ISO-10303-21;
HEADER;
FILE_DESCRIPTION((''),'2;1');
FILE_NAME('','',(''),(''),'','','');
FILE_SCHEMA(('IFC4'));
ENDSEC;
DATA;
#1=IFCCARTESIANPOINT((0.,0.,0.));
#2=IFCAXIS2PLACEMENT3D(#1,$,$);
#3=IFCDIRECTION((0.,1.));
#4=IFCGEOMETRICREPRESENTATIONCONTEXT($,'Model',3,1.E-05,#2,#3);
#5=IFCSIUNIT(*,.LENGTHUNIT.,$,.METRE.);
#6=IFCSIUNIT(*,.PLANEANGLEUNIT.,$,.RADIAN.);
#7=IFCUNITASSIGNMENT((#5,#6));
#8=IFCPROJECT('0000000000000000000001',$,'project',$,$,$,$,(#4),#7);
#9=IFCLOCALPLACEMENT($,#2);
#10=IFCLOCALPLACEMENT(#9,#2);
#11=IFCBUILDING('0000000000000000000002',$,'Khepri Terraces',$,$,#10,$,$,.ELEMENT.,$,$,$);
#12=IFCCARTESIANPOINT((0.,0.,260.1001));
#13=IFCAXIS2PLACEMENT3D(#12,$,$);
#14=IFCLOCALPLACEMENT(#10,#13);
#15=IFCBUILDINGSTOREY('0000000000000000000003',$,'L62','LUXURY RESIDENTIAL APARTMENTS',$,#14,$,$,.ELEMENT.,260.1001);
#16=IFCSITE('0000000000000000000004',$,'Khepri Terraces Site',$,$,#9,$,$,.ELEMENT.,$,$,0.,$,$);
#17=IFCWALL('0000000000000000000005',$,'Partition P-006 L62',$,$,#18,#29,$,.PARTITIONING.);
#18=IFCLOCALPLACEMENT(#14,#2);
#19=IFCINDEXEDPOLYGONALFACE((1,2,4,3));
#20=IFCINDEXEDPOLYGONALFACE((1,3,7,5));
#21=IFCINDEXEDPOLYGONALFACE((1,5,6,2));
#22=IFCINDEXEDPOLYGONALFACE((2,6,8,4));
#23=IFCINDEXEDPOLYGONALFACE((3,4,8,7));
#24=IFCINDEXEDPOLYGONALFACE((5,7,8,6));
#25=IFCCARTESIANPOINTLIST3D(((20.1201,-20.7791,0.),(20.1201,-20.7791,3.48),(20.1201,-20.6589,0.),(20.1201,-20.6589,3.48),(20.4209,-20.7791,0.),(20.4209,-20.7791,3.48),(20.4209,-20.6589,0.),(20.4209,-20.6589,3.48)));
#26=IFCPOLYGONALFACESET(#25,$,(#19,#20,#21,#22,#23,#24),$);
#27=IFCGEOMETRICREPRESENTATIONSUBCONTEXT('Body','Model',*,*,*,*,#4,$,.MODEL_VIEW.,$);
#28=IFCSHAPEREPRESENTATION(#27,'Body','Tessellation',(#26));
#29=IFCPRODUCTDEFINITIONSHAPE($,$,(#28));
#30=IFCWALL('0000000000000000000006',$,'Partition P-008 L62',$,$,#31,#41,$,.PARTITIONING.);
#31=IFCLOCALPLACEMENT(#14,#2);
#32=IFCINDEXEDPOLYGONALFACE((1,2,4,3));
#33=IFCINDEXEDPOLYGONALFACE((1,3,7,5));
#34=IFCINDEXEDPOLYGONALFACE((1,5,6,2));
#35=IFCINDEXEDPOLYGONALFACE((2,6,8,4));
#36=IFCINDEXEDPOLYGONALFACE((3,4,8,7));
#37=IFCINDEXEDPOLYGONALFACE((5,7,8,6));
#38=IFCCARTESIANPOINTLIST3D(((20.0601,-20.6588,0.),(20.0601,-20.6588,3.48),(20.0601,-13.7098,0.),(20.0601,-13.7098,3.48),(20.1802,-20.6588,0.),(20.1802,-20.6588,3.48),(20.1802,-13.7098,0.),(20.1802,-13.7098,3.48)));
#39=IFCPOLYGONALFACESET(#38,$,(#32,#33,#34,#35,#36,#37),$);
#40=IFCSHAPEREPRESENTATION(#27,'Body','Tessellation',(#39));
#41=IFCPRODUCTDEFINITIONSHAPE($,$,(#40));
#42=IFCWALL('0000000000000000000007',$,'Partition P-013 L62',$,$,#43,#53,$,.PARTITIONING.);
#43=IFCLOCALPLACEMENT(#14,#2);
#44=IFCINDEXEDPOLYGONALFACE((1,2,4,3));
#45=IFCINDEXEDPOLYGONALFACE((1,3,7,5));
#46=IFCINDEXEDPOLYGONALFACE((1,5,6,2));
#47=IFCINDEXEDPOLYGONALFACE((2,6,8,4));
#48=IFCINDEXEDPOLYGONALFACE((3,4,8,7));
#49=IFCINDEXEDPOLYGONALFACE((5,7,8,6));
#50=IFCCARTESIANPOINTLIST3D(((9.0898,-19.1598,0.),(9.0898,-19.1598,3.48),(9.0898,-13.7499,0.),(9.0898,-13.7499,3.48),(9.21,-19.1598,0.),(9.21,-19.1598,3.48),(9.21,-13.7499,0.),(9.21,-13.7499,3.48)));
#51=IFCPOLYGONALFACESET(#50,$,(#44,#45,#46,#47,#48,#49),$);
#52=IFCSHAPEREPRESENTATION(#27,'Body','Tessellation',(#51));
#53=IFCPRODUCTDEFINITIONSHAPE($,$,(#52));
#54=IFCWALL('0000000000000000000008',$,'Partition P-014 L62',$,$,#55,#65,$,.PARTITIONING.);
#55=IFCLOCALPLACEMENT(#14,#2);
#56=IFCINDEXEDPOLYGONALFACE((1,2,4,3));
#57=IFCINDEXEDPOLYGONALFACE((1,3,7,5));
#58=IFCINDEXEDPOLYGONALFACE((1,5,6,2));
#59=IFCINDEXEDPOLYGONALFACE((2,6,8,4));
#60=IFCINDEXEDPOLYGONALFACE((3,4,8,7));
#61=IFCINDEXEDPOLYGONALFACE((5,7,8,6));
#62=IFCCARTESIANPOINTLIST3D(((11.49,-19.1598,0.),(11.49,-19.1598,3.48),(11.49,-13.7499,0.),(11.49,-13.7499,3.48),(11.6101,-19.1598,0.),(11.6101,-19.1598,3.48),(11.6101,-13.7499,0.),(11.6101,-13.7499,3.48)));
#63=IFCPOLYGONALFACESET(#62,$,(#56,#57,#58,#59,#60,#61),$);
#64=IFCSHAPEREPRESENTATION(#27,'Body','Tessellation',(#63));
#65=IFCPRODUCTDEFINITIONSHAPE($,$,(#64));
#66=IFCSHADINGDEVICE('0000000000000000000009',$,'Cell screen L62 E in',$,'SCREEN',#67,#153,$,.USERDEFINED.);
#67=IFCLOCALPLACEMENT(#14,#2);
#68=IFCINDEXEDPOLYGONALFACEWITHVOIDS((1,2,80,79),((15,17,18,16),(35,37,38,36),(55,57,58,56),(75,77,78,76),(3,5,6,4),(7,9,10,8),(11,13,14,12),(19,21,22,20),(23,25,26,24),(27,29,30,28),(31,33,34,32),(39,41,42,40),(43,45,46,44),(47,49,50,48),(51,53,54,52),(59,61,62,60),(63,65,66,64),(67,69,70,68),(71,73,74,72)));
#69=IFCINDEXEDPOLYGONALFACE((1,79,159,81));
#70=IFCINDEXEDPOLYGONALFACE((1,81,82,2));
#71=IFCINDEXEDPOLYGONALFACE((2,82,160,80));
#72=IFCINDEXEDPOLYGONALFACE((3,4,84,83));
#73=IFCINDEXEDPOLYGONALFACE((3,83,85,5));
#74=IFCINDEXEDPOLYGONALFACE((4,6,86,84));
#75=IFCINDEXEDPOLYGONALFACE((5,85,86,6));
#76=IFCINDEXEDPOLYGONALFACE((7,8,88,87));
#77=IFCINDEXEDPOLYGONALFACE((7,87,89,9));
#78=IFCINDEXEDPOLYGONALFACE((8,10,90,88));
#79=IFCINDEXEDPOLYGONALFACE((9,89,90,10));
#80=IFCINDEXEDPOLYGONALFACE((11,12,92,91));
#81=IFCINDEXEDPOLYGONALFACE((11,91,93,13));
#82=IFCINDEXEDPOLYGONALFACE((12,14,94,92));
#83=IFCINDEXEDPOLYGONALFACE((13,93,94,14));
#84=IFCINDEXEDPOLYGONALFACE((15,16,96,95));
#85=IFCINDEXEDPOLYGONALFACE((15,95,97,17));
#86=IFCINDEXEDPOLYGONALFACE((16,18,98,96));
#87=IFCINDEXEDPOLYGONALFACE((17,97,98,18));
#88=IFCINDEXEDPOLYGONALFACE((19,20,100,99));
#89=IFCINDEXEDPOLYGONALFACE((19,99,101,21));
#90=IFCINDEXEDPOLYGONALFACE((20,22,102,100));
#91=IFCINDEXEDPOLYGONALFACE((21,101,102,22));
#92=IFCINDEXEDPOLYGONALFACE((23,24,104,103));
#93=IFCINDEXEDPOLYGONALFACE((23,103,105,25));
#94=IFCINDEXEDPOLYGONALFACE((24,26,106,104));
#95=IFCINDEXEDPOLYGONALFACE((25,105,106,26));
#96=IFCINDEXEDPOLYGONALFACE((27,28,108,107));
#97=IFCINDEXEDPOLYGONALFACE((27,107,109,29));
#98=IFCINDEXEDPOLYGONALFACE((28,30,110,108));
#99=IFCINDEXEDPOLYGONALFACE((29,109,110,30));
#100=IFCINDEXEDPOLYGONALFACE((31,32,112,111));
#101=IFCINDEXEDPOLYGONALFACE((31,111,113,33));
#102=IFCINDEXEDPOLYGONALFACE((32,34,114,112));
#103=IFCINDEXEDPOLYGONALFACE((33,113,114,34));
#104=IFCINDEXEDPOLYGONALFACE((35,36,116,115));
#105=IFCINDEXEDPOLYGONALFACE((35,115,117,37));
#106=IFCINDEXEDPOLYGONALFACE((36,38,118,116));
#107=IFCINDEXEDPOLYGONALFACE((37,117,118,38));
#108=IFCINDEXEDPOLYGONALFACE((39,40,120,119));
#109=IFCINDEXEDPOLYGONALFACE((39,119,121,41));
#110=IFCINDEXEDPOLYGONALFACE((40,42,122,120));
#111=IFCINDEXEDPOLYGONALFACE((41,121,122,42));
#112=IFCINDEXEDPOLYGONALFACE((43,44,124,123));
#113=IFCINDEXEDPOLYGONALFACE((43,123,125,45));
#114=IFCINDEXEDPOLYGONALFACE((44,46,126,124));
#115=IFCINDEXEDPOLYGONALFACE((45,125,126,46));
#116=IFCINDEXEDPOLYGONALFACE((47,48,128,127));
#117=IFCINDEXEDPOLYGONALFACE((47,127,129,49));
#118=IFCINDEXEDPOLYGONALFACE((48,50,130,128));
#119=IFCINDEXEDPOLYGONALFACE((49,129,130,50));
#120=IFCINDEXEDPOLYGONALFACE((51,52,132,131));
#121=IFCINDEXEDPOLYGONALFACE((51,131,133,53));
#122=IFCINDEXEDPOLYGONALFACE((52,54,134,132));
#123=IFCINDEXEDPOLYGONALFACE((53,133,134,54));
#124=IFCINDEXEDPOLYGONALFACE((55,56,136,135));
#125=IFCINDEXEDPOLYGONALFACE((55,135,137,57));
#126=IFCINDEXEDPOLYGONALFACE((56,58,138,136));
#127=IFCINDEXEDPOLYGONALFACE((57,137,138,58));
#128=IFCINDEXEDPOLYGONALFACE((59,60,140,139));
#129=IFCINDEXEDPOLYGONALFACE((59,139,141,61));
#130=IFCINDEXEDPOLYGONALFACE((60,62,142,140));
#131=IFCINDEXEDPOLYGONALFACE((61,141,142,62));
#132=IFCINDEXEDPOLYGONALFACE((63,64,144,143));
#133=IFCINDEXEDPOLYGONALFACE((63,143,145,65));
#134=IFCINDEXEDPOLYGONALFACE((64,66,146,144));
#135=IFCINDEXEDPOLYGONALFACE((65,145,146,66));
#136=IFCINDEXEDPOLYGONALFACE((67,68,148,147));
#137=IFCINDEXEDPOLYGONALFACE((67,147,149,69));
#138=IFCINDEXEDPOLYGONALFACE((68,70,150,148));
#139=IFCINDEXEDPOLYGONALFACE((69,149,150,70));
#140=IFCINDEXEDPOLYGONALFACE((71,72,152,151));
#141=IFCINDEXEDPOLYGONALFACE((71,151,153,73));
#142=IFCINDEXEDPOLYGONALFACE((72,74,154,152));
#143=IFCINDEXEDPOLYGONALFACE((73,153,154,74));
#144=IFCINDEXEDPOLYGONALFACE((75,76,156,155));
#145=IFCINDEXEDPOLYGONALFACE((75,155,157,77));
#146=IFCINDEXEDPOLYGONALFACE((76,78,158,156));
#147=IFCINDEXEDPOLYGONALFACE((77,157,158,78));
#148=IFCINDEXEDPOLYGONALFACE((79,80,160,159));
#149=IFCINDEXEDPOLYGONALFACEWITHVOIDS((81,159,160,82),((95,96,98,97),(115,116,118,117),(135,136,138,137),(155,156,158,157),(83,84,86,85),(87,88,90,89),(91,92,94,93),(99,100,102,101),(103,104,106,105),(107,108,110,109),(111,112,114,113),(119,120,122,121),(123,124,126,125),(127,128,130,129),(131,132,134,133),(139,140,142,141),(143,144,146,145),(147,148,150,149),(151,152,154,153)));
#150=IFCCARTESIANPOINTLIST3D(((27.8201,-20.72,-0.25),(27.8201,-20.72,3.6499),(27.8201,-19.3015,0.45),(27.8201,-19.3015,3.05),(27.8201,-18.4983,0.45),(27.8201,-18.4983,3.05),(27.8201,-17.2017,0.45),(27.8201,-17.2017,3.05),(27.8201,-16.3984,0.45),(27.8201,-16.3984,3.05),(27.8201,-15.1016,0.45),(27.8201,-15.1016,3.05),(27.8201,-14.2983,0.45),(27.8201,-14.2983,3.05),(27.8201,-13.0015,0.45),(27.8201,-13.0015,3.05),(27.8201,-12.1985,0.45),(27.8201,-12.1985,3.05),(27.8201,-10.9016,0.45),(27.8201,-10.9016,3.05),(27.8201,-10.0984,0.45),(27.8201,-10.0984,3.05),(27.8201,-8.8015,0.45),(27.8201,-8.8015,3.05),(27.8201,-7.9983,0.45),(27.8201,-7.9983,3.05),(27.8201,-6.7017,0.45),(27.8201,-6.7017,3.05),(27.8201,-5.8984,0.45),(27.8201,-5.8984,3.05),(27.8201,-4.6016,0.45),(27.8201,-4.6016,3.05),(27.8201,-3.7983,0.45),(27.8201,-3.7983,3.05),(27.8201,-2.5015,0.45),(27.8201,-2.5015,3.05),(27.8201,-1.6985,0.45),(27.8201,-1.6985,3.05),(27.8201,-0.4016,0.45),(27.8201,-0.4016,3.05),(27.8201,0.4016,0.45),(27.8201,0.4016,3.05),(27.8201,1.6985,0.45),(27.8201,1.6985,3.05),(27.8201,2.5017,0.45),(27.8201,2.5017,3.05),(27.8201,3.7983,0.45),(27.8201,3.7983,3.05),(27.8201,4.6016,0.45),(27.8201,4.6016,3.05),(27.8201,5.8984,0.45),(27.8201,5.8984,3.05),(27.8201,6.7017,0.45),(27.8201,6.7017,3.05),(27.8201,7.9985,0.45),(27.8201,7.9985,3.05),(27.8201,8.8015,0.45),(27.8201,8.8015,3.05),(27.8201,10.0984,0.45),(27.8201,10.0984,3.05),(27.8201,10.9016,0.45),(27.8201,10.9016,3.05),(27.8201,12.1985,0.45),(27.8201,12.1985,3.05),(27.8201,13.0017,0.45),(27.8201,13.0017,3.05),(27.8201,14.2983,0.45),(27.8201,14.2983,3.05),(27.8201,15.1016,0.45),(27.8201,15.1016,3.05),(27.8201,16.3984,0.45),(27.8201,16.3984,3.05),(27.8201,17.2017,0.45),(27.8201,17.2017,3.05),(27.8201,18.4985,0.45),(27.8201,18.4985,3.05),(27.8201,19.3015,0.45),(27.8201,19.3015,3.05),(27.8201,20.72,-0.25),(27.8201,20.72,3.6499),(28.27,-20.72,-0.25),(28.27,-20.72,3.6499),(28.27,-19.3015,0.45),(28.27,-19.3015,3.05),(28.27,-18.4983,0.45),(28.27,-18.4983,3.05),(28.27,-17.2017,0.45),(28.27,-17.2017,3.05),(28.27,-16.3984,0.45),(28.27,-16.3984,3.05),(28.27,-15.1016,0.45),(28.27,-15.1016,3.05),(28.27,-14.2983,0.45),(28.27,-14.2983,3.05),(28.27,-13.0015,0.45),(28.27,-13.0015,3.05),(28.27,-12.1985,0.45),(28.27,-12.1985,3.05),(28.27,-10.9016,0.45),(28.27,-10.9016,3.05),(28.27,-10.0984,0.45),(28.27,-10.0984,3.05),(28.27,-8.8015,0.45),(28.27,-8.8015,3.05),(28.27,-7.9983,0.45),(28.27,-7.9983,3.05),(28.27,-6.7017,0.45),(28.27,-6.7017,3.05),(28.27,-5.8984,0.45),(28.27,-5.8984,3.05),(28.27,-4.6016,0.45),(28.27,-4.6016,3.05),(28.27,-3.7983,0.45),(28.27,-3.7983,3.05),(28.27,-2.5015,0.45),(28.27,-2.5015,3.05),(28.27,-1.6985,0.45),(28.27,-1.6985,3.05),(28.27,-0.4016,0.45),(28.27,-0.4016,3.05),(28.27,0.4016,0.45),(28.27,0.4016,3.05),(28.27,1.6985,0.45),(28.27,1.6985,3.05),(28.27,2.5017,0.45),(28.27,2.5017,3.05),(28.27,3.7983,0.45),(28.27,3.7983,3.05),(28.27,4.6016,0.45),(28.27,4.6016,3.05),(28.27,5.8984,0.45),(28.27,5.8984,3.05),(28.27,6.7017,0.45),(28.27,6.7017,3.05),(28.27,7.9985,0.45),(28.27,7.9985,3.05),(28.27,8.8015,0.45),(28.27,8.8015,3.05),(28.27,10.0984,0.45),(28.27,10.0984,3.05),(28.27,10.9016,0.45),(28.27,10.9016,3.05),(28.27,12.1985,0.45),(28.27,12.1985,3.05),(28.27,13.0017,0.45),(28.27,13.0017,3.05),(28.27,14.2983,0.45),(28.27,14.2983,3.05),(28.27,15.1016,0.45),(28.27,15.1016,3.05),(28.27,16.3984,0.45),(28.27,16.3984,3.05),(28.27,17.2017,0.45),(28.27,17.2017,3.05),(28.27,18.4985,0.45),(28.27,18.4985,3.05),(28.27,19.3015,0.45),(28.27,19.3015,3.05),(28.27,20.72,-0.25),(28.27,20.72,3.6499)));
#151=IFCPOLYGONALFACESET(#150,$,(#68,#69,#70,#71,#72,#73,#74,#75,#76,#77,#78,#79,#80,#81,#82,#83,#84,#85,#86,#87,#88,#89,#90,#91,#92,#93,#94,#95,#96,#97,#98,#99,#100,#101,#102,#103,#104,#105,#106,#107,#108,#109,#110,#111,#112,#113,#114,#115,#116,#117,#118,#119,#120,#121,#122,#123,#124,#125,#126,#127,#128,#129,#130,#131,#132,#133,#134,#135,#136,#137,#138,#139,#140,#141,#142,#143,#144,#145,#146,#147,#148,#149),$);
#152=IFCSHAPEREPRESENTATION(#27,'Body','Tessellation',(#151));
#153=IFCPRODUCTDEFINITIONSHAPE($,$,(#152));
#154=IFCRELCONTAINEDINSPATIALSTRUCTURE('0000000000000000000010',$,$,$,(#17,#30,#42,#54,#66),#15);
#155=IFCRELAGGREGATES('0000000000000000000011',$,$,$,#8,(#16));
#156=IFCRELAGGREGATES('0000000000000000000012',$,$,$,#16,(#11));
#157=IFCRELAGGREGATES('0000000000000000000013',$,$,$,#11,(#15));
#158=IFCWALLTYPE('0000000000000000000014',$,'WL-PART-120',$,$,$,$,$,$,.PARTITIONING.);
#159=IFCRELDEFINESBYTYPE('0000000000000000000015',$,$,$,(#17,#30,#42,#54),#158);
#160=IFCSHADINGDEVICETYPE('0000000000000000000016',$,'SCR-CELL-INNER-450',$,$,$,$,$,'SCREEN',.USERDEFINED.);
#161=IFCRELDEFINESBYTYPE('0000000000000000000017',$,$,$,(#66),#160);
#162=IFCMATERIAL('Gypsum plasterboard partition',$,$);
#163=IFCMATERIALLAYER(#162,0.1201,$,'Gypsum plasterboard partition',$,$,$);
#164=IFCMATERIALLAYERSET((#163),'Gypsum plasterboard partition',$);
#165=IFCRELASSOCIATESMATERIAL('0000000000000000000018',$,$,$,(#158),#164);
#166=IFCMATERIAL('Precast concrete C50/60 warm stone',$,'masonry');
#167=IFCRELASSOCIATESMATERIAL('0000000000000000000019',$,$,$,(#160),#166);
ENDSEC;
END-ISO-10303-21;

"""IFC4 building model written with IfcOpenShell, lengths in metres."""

from ifc_helpers import new_model, si_unit, direction, frame, frame_2d, origin, place, context, subcontext, project, spatial, polyline, rectangle, outline, extrude, material, layer, layer_set, type_object, element, save


model = new_model("IFC4")

# Units and contexts
model_context = context("Model", 3, precision=1e-05, world=origin(), true_north=direction((0.0, 1.0)))
body_context = subcontext(model_context, "Body", "Model", "MODEL_VIEW")
ifc_project = project(units=[si_unit("LENGTHUNIT", "METRE"), si_unit("PLANEANGLEUNIT", "RADIAN")], contexts=[model_context])

# Site, building, storey
site_placement = place(None, origin())
site = spatial("IfcSite", under=ifc_project, at=site_placement, Name="Khepri Terraces Site", CompositionType="ELEMENT", RefElevation=0.0)
building_placement = place(site_placement, origin())
building = spatial("IfcBuilding", under=site, at=building_placement, Name="Khepri Terraces", CompositionType="ELEMENT")
storey_placement = place(building_placement, frame((0.0, 0.0, 260.1001)))
storey = spatial("IfcBuildingStorey", under=building, at=storey_placement, Name="L62", Description="LUXURY RESIDENTIAL APARTMENTS", CompositionType="ELEMENT", Elevation=260.1001)

# Shared definitions
ifc_material_1 = material(Name="Precast concrete C50/60 warm stone", Category="masonry")

# Shared definitions
ifc_material_2 = material(Name="Gypsum plasterboard partition")
ifc_layer_1 = layer(ifc_material_2, 0.1201, Name="Gypsum plasterboard partition")
ifc_layer_set_1 = layer_set([ifc_layer_1], Name="Gypsum plasterboard partition")
wall_type_1 = type_object("IfcWallType", Name="WL-PART-120", PredefinedType="PARTITIONING", material=ifc_layer_set_1)

# Walls
wall_1_placement = place(storey_placement, frame((20.1201, -20.719, 0.0), z_axis=(0.0, 0.0, 1.0), x_axis=(1.0, 0.0, 0.0)))
element("IfcWall", 1, at=wall_1_placement, inside=storey, type_object=wall_type_1, Name="Partition P-006 L62", PredefinedType="PARTITIONING", context=body_context, shape_type="SweptSolid", body=[
    extrude(rectangle(XDim=0.3008, YDim=0.1201, at=frame_2d((0.1504, 0.0))), origin(), (0.0, 0.0, 1.0), 3.48),
])
wall_2_placement = place(storey_placement, frame((20.1201, -20.6589, 0.0), z_axis=(0.0, 0.0, 1.0), x_axis=(0.0, 1.0, 0.0)))
element("IfcWall", 2, at=wall_2_placement, inside=storey, type_object=wall_type_1, Name="Partition P-008 L62", PredefinedType="PARTITIONING", context=body_context, shape_type="SweptSolid", body=[
    extrude(rectangle(XDim=6.949, YDim=0.1201, at=frame_2d((3.4746, 0.0))), origin(), (0.0, 0.0, 1.0), 3.48),
])
for number, where, z_axis, x_axis, name in (
    (3, (9.1499, -19.1599, 0.0), (0.0, 0.0, 1.0), (0.0, 1.0, 0.0), "Partition P-013 L62"),
    (4, (11.55, -19.1599, 0.0), (0.0, 0.0, 1.0), (0.0, 1.0, 0.0), "Partition P-014 L62"),
):
    element("IfcWall", number, at=place(storey_placement, frame(where, z_axis=z_axis, x_axis=x_axis)), inside=storey, type_object=wall_type_1, Name=name, PredefinedType="PARTITIONING", context=body_context, shape_type="SweptSolid", body=[
        extrude(rectangle(XDim=5.4099, YDim=0.1201, at=frame_2d((2.7051, 0.0))), origin(), (0.0, 0.0, 1.0), 3.48),
    ])

# Shading device
shading_device_type_1 = type_object("IfcShadingDeviceType", Name="SCR-CELL-INNER-450", ElementType="SCREEN", PredefinedType="USERDEFINED", material=ifc_material_1)
shading_device_1_placement = place(storey_placement, frame((27.8201, -20.72, -0.25), z_axis=(1.0, 0.0, 0.0), x_axis=(0.0, 1.0, 0.0)))
element("IfcShadingDevice", 5, at=shading_device_1_placement, inside=storey, type_object=shading_device_type_1, Name="Cell screen L62 E in", ObjectType="SCREEN", PredefinedType="USERDEFINED", context=body_context, shape_type="SweptSolid", body=[
    extrude(outline(polyline([(0.0, 0.0), (41.4399, 0.0), (41.4399, 3.8999), (0.0, 3.8999), (0.0, 0.0)]), holes=[polyline([(1.4185, 0.7), (2.2217, 0.7), (2.2217, 3.3), (1.4185, 3.3), (1.4185, 0.7)]), polyline([(3.5183, 0.7), (4.3215, 0.7), (4.3215, 3.3), (3.5183, 3.3), (3.5183, 0.7)]), polyline([(5.6184, 0.7), (6.4216, 0.7), (6.4216, 3.3), (5.6184, 3.3), (5.6184, 0.7)]), polyline([(7.7185, 0.7), (8.5215, 0.7), (8.5215, 3.3), (7.7185, 3.3), (7.7185, 0.7)]), polyline([(9.8184, 0.7), (10.6216, 0.7), (10.6216, 3.3), (9.8184, 3.3), (9.8184, 0.7)]), polyline([(11.9185, 0.7), (12.7217, 0.7), (12.7217, 3.3), (11.9185, 3.3), (11.9185, 0.7)]), polyline([(14.0183, 0.7), (14.8215, 0.7), (14.8215, 3.3), (14.0183, 3.3), (14.0183, 0.7)]), polyline([(16.1184, 0.7), (16.9216, 0.7), (16.9216, 3.3), (16.1184, 3.3), (16.1184, 0.7)]), polyline([(18.2185, 0.7), (19.0215, 0.7), (19.0215, 3.3), (18.2185, 3.3), (18.2185, 0.7)]), polyline([(20.3184, 0.7), (21.1216, 0.7), (21.1216, 3.3), (20.3184, 3.3), (20.3184, 0.7)]), polyline([(22.4185, 0.7), (23.2217, 0.7), (23.2217, 3.3), (22.4185, 3.3), (22.4185, 0.7)]), polyline([(24.5183, 0.7), (25.3215, 0.7), (25.3215, 3.3), (24.5183, 3.3), (24.5183, 0.7)]), polyline([(26.6184, 0.7), (27.4216, 0.7), (27.4216, 3.3), (26.6184, 3.3), (26.6184, 0.7)]), polyline([(28.7185, 0.7), (29.5215, 0.7), (29.5215, 3.3), (28.7185, 3.3), (28.7185, 0.7)]), polyline([(30.8184, 0.7), (31.6216, 0.7), (31.6216, 3.3), (30.8184, 3.3), (30.8184, 0.7)]), polyline([(32.9185, 0.7), (33.7217, 0.7), (33.7217, 3.3), (32.9185, 3.3), (32.9185, 0.7)]), polyline([(35.0183, 0.7), (35.8215, 0.7), (35.8215, 3.3), (35.0183, 3.3), (35.0183, 0.7)]), polyline([(37.1184, 0.7), (37.9216, 0.7), (37.9216, 3.3), (37.1184, 3.3), (37.1184, 0.7)]), polyline([(39.2185, 0.7), (40.0215, 0.7), (40.0215, 3.3), (39.2185, 3.3), (39.2185, 0.7)])]), origin(), (0.0, 0.0, 1.0), 0.45),
])

save(model, "model.ifc")
